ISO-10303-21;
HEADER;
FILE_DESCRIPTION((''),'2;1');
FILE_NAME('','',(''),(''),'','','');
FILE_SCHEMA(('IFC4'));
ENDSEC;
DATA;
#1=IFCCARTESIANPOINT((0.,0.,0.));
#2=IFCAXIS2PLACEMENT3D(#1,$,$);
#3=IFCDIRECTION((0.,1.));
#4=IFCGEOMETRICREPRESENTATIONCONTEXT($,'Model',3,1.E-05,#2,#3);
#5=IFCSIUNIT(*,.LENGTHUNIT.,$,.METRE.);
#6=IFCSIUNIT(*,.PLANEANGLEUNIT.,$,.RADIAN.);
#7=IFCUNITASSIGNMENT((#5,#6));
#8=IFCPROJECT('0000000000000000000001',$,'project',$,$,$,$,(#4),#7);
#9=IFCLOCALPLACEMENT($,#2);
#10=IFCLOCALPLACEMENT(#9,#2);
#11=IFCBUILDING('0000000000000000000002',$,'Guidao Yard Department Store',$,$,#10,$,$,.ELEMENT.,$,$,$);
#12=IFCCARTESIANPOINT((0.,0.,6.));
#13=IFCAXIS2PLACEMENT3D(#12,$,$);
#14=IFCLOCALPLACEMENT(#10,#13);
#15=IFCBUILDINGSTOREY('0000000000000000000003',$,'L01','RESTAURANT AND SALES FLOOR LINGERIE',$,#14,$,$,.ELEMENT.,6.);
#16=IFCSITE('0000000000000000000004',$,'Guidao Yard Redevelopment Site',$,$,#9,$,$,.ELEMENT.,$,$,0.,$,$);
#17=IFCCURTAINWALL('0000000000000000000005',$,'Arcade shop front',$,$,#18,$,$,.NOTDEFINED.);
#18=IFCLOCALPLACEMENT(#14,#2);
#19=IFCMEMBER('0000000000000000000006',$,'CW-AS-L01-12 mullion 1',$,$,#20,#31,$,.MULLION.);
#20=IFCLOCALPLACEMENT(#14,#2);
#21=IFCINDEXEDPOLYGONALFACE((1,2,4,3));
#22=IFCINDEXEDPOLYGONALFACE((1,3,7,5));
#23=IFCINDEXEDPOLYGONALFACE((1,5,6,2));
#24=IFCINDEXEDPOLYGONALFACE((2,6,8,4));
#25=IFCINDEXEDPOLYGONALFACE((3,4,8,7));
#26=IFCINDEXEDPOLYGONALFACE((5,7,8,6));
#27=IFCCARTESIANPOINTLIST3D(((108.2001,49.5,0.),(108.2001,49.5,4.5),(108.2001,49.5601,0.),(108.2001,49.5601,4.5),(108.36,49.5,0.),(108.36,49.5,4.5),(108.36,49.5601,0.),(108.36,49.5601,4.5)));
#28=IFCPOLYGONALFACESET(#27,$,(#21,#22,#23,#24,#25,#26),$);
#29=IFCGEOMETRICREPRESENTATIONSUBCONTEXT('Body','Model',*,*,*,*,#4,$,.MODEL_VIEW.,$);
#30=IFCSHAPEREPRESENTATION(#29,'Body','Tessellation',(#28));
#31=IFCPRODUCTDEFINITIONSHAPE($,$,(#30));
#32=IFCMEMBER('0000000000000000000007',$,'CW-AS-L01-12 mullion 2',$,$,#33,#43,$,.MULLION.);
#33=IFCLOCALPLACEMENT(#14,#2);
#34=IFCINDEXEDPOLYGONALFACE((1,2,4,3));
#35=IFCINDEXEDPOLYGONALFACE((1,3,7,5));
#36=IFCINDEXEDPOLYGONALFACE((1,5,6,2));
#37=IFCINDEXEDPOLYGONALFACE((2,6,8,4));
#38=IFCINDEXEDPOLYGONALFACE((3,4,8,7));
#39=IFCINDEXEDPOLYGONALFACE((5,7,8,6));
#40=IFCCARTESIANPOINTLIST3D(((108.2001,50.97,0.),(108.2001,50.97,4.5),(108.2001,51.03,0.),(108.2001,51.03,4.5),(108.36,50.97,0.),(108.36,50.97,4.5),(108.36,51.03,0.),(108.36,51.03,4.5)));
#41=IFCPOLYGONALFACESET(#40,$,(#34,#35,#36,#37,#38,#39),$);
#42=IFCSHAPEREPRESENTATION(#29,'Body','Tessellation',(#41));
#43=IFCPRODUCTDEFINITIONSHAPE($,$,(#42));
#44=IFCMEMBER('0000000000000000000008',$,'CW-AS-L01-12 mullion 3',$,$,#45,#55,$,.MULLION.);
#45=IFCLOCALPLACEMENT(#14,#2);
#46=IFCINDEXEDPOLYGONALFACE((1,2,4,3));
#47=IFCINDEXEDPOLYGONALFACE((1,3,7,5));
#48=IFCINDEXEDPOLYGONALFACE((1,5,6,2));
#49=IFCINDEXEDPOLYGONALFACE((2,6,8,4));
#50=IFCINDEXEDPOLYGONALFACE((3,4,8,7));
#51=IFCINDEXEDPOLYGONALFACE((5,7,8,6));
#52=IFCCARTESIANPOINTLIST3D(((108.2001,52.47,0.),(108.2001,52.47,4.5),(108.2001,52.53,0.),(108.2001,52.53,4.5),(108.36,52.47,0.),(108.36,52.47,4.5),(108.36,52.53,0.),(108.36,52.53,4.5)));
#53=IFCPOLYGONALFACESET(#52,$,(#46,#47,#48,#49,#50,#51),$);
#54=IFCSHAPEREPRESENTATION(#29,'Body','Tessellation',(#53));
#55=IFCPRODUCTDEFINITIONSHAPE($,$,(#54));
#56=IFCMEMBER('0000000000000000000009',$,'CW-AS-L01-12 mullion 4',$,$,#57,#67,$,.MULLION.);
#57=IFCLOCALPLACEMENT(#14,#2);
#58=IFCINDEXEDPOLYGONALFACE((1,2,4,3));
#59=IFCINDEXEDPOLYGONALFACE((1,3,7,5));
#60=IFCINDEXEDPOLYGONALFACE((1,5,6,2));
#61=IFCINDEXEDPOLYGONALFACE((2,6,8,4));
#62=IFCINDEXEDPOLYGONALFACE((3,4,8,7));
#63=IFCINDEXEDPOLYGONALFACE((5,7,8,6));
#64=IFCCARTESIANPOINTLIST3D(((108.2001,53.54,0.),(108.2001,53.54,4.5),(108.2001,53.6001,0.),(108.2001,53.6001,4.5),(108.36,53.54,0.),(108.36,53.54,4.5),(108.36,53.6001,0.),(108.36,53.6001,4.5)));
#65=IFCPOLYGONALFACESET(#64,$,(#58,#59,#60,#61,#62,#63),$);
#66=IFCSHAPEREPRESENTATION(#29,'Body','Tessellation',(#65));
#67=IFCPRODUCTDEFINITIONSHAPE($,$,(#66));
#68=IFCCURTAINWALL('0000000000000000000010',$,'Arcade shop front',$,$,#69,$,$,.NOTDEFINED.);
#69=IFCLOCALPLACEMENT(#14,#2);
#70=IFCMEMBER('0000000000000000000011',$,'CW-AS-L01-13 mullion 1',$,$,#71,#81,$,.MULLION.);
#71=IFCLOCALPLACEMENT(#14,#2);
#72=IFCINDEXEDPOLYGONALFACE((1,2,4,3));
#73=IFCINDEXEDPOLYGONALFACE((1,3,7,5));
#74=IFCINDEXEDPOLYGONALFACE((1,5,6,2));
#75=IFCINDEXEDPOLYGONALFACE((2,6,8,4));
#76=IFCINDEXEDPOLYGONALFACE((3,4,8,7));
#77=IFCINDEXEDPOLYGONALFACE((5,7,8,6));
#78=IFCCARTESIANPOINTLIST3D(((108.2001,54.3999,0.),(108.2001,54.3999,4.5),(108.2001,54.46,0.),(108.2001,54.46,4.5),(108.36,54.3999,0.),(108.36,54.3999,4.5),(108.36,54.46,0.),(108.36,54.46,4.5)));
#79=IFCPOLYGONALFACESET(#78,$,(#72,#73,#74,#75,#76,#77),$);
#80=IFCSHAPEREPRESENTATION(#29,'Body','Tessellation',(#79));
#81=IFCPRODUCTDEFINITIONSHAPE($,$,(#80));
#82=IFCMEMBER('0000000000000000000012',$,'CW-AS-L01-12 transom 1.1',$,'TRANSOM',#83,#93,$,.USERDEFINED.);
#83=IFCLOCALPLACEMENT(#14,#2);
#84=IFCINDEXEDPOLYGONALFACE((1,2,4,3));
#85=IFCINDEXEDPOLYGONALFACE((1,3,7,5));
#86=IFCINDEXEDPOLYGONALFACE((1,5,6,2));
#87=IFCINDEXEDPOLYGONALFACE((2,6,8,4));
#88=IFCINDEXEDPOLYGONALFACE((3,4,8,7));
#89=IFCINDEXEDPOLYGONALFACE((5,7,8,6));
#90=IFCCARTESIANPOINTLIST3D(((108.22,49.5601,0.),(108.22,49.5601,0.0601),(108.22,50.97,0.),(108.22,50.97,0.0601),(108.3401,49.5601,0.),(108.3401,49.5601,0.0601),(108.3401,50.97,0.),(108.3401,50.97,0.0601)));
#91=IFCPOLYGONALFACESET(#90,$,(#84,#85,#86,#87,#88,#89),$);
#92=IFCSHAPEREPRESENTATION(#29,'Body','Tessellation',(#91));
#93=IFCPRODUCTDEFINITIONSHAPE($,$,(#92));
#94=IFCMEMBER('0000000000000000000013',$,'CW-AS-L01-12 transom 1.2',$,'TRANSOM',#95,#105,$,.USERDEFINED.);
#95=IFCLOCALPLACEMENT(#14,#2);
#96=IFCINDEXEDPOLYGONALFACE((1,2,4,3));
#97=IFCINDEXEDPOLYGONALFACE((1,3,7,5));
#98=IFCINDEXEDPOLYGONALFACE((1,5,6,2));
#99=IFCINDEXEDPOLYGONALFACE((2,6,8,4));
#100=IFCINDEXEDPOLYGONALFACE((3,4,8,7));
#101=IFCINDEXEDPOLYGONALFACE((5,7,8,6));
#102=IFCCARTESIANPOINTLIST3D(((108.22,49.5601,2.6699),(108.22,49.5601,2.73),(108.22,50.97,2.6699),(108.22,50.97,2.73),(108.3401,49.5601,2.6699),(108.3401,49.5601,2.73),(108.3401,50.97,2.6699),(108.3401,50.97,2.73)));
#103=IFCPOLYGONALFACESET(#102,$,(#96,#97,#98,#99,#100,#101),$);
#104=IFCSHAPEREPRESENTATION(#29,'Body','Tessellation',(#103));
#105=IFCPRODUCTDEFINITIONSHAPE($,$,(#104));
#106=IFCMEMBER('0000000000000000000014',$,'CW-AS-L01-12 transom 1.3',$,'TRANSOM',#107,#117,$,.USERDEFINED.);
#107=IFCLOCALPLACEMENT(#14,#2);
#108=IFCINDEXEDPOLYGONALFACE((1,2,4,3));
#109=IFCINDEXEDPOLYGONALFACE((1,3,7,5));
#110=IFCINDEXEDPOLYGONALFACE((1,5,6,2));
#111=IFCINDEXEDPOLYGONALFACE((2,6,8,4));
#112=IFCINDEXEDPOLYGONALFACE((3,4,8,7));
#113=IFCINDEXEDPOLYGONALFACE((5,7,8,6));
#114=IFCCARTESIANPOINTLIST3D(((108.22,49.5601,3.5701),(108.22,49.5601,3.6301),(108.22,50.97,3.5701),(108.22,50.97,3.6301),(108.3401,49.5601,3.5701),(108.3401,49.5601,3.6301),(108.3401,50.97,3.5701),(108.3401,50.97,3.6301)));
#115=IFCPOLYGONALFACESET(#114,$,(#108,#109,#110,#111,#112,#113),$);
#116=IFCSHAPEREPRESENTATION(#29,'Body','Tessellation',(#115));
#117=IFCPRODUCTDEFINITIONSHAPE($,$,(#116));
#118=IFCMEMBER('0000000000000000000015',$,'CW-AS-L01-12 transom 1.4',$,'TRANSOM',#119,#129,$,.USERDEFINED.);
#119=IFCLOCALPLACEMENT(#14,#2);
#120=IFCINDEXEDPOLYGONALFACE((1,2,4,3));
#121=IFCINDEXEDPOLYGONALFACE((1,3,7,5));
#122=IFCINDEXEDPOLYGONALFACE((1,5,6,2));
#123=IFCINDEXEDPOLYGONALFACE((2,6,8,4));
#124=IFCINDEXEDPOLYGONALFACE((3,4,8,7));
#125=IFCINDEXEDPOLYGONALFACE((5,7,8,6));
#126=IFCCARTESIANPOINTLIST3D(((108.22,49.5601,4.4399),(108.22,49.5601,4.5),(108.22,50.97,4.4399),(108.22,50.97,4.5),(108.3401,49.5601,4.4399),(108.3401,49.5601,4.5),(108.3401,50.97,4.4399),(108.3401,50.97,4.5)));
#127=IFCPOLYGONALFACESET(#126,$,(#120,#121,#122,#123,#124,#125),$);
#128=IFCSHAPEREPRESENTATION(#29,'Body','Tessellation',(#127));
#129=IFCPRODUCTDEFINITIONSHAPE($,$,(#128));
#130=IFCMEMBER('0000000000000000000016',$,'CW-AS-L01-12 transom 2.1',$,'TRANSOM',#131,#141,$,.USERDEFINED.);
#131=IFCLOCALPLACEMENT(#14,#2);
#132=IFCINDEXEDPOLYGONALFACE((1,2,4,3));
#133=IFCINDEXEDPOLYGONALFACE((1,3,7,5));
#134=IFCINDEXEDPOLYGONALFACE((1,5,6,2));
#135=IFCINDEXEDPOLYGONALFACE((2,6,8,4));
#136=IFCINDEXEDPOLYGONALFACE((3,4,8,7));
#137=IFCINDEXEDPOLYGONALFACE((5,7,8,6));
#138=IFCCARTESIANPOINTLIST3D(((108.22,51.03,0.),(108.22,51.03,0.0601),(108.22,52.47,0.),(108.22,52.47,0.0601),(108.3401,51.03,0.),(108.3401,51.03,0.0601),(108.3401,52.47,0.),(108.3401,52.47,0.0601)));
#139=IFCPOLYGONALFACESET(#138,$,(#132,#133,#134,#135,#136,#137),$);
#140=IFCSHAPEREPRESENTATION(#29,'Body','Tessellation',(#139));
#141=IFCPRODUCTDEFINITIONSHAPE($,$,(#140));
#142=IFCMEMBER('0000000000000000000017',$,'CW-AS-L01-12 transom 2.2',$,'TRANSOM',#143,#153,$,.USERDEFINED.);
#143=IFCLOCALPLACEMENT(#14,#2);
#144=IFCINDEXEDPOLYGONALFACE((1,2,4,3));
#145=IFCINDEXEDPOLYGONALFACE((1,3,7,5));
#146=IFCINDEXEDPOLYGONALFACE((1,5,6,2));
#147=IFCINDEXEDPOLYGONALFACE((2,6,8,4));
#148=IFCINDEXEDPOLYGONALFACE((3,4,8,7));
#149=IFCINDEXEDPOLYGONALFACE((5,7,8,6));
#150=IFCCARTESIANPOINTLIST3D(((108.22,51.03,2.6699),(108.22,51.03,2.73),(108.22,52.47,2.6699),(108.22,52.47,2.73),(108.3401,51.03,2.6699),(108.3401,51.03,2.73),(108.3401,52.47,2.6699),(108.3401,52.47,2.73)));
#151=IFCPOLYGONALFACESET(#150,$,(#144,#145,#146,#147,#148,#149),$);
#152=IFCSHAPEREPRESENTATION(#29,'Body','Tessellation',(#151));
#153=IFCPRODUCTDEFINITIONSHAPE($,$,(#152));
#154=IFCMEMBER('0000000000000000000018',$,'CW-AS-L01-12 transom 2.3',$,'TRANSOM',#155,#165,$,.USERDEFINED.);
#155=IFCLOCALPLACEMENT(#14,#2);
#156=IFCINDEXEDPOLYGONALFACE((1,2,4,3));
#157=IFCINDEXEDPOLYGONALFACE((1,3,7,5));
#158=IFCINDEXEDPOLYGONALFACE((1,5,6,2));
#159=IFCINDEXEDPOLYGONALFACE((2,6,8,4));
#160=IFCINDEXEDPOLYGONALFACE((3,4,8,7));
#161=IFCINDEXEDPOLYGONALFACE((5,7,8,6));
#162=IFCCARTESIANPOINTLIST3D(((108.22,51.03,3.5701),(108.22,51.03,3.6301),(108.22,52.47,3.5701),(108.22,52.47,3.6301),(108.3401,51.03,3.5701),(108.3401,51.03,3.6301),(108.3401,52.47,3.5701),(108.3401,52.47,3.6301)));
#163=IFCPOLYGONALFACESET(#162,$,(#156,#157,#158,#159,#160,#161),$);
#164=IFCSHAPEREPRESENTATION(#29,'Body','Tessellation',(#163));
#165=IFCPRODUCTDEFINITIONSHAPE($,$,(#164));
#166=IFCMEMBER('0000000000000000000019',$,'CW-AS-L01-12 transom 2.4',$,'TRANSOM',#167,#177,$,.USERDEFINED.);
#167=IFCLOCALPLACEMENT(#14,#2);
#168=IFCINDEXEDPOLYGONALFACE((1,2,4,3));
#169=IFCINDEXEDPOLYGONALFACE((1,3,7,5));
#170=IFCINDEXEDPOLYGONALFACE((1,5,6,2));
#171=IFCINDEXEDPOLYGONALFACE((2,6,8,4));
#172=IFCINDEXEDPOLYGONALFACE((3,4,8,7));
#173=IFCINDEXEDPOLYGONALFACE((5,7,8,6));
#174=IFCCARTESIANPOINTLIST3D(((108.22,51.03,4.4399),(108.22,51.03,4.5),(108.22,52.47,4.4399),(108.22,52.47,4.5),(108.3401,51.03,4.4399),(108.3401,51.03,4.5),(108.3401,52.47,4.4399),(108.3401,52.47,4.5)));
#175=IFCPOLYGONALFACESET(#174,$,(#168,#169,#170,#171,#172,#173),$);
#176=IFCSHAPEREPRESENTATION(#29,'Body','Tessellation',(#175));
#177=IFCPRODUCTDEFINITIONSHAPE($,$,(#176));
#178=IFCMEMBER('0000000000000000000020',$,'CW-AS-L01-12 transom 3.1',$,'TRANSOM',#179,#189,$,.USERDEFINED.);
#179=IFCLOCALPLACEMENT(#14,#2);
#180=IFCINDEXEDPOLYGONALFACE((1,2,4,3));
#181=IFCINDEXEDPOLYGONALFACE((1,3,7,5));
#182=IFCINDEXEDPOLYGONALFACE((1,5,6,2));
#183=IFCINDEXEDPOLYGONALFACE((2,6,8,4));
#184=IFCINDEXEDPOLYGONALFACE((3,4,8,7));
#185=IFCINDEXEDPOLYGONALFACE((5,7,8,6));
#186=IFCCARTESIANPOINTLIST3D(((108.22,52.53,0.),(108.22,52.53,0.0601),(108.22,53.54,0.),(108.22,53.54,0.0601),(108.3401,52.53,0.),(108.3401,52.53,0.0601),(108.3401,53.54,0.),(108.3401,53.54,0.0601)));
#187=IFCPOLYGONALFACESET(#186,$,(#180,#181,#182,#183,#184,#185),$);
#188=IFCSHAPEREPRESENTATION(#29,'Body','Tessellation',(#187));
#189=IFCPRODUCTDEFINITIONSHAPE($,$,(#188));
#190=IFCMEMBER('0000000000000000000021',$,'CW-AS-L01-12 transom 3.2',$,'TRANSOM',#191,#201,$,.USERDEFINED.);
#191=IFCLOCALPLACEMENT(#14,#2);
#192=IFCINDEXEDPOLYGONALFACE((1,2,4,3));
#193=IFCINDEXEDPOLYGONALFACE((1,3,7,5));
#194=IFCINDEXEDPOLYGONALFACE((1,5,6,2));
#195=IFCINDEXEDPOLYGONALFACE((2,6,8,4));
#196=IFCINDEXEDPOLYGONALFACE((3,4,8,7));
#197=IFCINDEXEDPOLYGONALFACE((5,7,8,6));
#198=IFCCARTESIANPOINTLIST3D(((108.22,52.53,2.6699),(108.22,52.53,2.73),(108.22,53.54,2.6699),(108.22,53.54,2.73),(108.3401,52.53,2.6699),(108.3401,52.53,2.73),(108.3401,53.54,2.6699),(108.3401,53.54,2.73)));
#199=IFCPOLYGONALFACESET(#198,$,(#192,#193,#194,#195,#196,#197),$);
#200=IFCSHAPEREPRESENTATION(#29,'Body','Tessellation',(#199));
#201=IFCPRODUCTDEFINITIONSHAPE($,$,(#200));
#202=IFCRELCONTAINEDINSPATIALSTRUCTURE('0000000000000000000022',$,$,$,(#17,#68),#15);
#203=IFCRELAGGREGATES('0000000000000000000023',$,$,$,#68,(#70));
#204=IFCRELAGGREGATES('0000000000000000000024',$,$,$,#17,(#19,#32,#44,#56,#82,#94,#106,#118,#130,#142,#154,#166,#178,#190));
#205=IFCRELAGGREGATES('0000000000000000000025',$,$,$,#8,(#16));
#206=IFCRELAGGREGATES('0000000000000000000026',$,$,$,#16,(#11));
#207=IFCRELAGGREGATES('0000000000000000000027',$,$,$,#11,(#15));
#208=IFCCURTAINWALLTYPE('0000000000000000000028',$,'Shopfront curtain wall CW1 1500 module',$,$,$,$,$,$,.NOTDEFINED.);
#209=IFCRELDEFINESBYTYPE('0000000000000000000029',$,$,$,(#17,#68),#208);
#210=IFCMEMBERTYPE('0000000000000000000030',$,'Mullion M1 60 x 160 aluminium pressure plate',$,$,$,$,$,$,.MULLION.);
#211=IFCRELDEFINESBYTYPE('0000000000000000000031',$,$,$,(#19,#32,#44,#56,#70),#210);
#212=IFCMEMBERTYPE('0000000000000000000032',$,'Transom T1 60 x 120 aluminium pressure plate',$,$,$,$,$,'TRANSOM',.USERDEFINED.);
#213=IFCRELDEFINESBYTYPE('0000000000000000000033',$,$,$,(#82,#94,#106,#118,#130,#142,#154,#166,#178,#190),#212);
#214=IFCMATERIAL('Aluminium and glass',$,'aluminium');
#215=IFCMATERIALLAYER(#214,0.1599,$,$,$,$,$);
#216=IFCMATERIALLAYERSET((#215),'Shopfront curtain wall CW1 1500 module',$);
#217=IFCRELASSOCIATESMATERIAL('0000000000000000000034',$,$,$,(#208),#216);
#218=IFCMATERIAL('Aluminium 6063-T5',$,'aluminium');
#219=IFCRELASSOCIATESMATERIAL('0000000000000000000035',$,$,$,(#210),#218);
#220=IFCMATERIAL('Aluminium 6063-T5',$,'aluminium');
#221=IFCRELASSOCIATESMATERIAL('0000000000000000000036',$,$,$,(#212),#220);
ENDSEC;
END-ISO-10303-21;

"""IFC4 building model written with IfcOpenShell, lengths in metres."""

from ifc_helpers import new_model, si_unit, direction, frame, origin, origin_2d, place, context, subcontext, project, spatial, rectangle, extrude, material, layer, layer_set, material_profile, profile_set, type_object, element, aggregate, save


model = new_model("IFC4")

# Units and contexts
model_context = context("Model", 3, precision=1e-05, world=origin(), true_north=direction((0.0, 1.0)))
body_context = subcontext(model_context, "Body", "Model", "MODEL_VIEW")
ifc_project = project(units=[si_unit("LENGTHUNIT", "METRE"), si_unit("PLANEANGLEUNIT", "RADIAN")], contexts=[model_context])

# Site, building, storey
site_placement = place(None, origin())
site = spatial("IfcSite", under=ifc_project, at=site_placement, Name="Guidao Yard Redevelopment Site", CompositionType="ELEMENT", RefElevation=0.0)
building_placement = place(site_placement, origin())
building = spatial("IfcBuilding", under=site, at=building_placement, Name="Guidao Yard Department Store", CompositionType="ELEMENT")
storey_placement = place(building_placement, frame((0.0, 0.0, 6.0)))
storey = spatial("IfcBuildingStorey", under=building, at=storey_placement, Name="L01", Description="RESTAURANT AND SALES FLOOR LINGERIE", CompositionType="ELEMENT", Elevation=6.0)

# Curtain wall, members
ifc_material_1 = material(Name="Aluminium and glass", Category="aluminium")
ifc_layer_1 = layer(ifc_material_1, 0.1599)
ifc_layer_set_1 = layer_set([ifc_layer_1], Name="Shopfront curtain wall CW1 1500 module")
curtain_wall_type = type_object("IfcCurtainWallType", Name="Shopfront curtain wall CW1 1500 module", PredefinedType="NOTDEFINED", material=ifc_layer_set_1)
curtain_wall_1_placement = place(storey_placement, origin())
curtain_wall_1 = element("IfcCurtainWall", 1, at=curtain_wall_1_placement, inside=storey, type_object=curtain_wall_type, Name="Arcade shop front", PredefinedType="NOTDEFINED")
ifc_material_2 = material(Name="Aluminium 6063-T5", Category="aluminium")
ifc_material_profile_1 = material_profile(ifc_material_2, rectangle(XDim=0.0601, YDim=0.1599, at=origin_2d()), Name="Mullion M1 60 x 160 aluminium pressure plate")
ifc_profile_set_1 = profile_set([ifc_material_profile_1], Name="Aluminium 6063-T5")
member_type_1 = type_object("IfcMemberType", Name="Mullion M1 60 x 160 aluminium pressure plate", PredefinedType="MULLION", material=ifc_profile_set_1)
member_1_placement = place(storey_placement, frame((108.28, 49.53, 0.0), z_axis=(0.0, 0.0, 1.0), x_axis=(0.0, -1.0, 0.0)))
member_1 = element("IfcMember", 2, at=member_1_placement, type_object=member_type_1, Name="CW-AS-L01-12 mullion 1", PredefinedType="MULLION", context=body_context, shape_type="SweptSolid", body=[
    extrude(rectangle(XDim=0.0601, YDim=0.1599, at=origin_2d()), origin(), (0.0, 0.0, 1.0), 4.5),
])
member_2_placement = place(storey_placement, frame((108.28, 51.0, 0.0), z_axis=(0.0, 0.0, 1.0), x_axis=(0.0, -1.0, 0.0)))
member_2 = element("IfcMember", 3, at=member_2_placement, type_object=member_type_1, Name="CW-AS-L01-12 mullion 2", PredefinedType="MULLION", context=body_context, shape_type="SweptSolid", body=[
    extrude(rectangle(XDim=0.0601, YDim=0.1599, at=origin_2d()), origin(), (0.0, 0.0, 1.0), 4.5),
])
member_3_placement = place(storey_placement, frame((108.28, 52.5, 0.0), z_axis=(0.0, 0.0, 1.0), x_axis=(0.0, -1.0, 0.0)))
member_3 = element("IfcMember", 4, at=member_3_placement, type_object=member_type_1, Name="CW-AS-L01-12 mullion 3", PredefinedType="MULLION", context=body_context, shape_type="SweptSolid", body=[
    extrude(rectangle(XDim=0.0601, YDim=0.1599, at=origin_2d()), origin(), (0.0, 0.0, 1.0), 4.5),
])
member_4_placement = place(storey_placement, frame((108.28, 53.5701, 0.0), z_axis=(0.0, 0.0, 1.0), x_axis=(0.0, -1.0, 0.0)))
member_4 = element("IfcMember", 5, at=member_4_placement, type_object=member_type_1, Name="CW-AS-L01-12 mullion 4", PredefinedType="MULLION", context=body_context, shape_type="SweptSolid", body=[
    extrude(rectangle(XDim=0.0601, YDim=0.1599, at=origin_2d()), origin(), (0.0, 0.0, 1.0), 4.5),
])

# Curtain wall, member
curtain_wall_2_placement = place(storey_placement, origin())
curtain_wall_2 = element("IfcCurtainWall", 6, at=curtain_wall_2_placement, inside=storey, type_object=curtain_wall_type, Name="Arcade shop front", PredefinedType="NOTDEFINED")
member_5_placement = place(storey_placement, frame((108.28, 54.4299, 0.0), z_axis=(0.0, 0.0, 1.0), x_axis=(0.0, -1.0, 0.0)))
member_5 = element("IfcMember", 7, at=member_5_placement, type_object=member_type_1, Name="CW-AS-L01-13 mullion 1", PredefinedType="MULLION", context=body_context, shape_type="SweptSolid", body=[
    extrude(rectangle(XDim=0.0601, YDim=0.1599, at=origin_2d()), origin(), (0.0, 0.0, 1.0), 4.5),
])
aggregate(curtain_wall_2, [member_5])

# Members
ifc_material_3 = material(Name="Aluminium 6063-T5", Category="aluminium")
ifc_material_profile_2 = material_profile(ifc_material_3, rectangle(XDim=0.1201, YDim=0.0601, at=origin_2d()), Name="Transom T1 60 x 120 aluminium pressure plate")
ifc_profile_set_2 = profile_set([ifc_material_profile_2], Name="Aluminium 6063-T5")
member_type_2 = type_object("IfcMemberType", Name="Transom T1 60 x 120 aluminium pressure plate", ElementType="TRANSOM", PredefinedType="USERDEFINED", material=ifc_profile_set_2)
member_6_placement = place(storey_placement, frame((108.28, 50.97, 0.03), z_axis=(0.0, -1.0, 0.0), x_axis=(1.0, 0.0, 0.0)))
member_6 = element("IfcMember", 8, at=member_6_placement, type_object=member_type_2, Name="CW-AS-L01-12 transom 1.1", ObjectType="TRANSOM", PredefinedType="USERDEFINED", context=body_context, shape_type="SweptSolid", body=[
    extrude(rectangle(XDim=0.1201, YDim=0.0601, at=origin_2d()), origin(), (0.0, 0.0, 1.0), 1.4099),
])
member_7_placement = place(storey_placement, frame((108.28, 50.97, 2.7), z_axis=(0.0, -1.0, 0.0), x_axis=(1.0, 0.0, 0.0)))
member_7 = element("IfcMember", 9, at=member_7_placement, type_object=member_type_2, Name="CW-AS-L01-12 transom 1.2", ObjectType="TRANSOM", PredefinedType="USERDEFINED", context=body_context, shape_type="SweptSolid", body=[
    extrude(rectangle(XDim=0.1201, YDim=0.0601, at=origin_2d()), origin(), (0.0, 0.0, 1.0), 1.4099),
])
member_8_placement = place(storey_placement, frame((108.28, 50.97, 3.6001), z_axis=(0.0, -1.0, 0.0), x_axis=(1.0, 0.0, 0.0)))
member_8 = element("IfcMember", 10, at=member_8_placement, type_object=member_type_2, Name="CW-AS-L01-12 transom 1.3", ObjectType="TRANSOM", PredefinedType="USERDEFINED", context=body_context, shape_type="SweptSolid", body=[
    extrude(rectangle(XDim=0.1201, YDim=0.0601, at=origin_2d()), origin(), (0.0, 0.0, 1.0), 1.4099),
])
member_9_placement = place(storey_placement, frame((108.28, 50.97, 4.47), z_axis=(0.0, -1.0, 0.0), x_axis=(1.0, 0.0, 0.0)))
member_9 = element("IfcMember", 11, at=member_9_placement, type_object=member_type_2, Name="CW-AS-L01-12 transom 1.4", ObjectType="TRANSOM", PredefinedType="USERDEFINED", context=body_context, shape_type="SweptSolid", body=[
    extrude(rectangle(XDim=0.1201, YDim=0.0601, at=origin_2d()), origin(), (0.0, 0.0, 1.0), 1.4099),
])
member_10_placement = place(storey_placement, frame((108.28, 52.47, 0.03), z_axis=(0.0, -1.0, 0.0), x_axis=(1.0, 0.0, 0.0)))
member_10 = element("IfcMember", 12, at=member_10_placement, type_object=member_type_2, Name="CW-AS-L01-12 transom 2.1", ObjectType="TRANSOM", PredefinedType="USERDEFINED", context=body_context, shape_type="SweptSolid", body=[
    extrude(rectangle(XDim=0.1201, YDim=0.0601, at=origin_2d()), origin(), (0.0, 0.0, 1.0), 1.4399),
])
member_11_placement = place(storey_placement, frame((108.28, 52.47, 2.7), z_axis=(0.0, -1.0, 0.0), x_axis=(1.0, 0.0, 0.0)))
member_11 = element("IfcMember", 13, at=member_11_placement, type_object=member_type_2, Name="CW-AS-L01-12 transom 2.2", ObjectType="TRANSOM", PredefinedType="USERDEFINED", context=body_context, shape_type="SweptSolid", body=[
    extrude(rectangle(XDim=0.1201, YDim=0.0601, at=origin_2d()), origin(), (0.0, 0.0, 1.0), 1.4399),
])
member_12_placement = place(storey_placement, frame((108.28, 52.47, 3.6001), z_axis=(0.0, -1.0, 0.0), x_axis=(1.0, 0.0, 0.0)))
member_12 = element("IfcMember", 14, at=member_12_placement, type_object=member_type_2, Name="CW-AS-L01-12 transom 2.3", ObjectType="TRANSOM", PredefinedType="USERDEFINED", context=body_context, shape_type="SweptSolid", body=[
    extrude(rectangle(XDim=0.1201, YDim=0.0601, at=origin_2d()), origin(), (0.0, 0.0, 1.0), 1.4399),
])
member_13_placement = place(storey_placement, frame((108.28, 52.47, 4.47), z_axis=(0.0, -1.0, 0.0), x_axis=(1.0, 0.0, 0.0)))
member_13 = element("IfcMember", 15, at=member_13_placement, type_object=member_type_2, Name="CW-AS-L01-12 transom 2.4", ObjectType="TRANSOM", PredefinedType="USERDEFINED", context=body_context, shape_type="SweptSolid", body=[
    extrude(rectangle(XDim=0.1201, YDim=0.0601, at=origin_2d()), origin(), (0.0, 0.0, 1.0), 1.4399),
])
member_14_placement = place(storey_placement, frame((108.28, 53.54, 0.03), z_axis=(0.0, -1.0, 0.0), x_axis=(1.0, 0.0, 0.0)))
member_14 = element("IfcMember", 16, at=member_14_placement, type_object=member_type_2, Name="CW-AS-L01-12 transom 3.1", ObjectType="TRANSOM", PredefinedType="USERDEFINED", context=body_context, shape_type="SweptSolid", body=[
    extrude(rectangle(XDim=0.1201, YDim=0.0601, at=origin_2d()), origin(), (0.0, 0.0, 1.0), 1.01),
])
member_15_placement = place(storey_placement, frame((108.28, 53.54, 2.7), z_axis=(0.0, -1.0, 0.0), x_axis=(1.0, 0.0, 0.0)))
member_15 = element("IfcMember", 17, at=member_15_placement, type_object=member_type_2, Name="CW-AS-L01-12 transom 3.2", ObjectType="TRANSOM", PredefinedType="USERDEFINED", context=body_context, shape_type="SweptSolid", body=[
    extrude(rectangle(XDim=0.1201, YDim=0.0601, at=origin_2d()), origin(), (0.0, 0.0, 1.0), 1.01),
])

aggregate(curtain_wall_1, [member_1, member_2, member_3, member_4, member_6, member_7, member_8, member_9, member_10, member_11, member_12, member_13, member_14, member_15])

save(model, "model.ifc")
